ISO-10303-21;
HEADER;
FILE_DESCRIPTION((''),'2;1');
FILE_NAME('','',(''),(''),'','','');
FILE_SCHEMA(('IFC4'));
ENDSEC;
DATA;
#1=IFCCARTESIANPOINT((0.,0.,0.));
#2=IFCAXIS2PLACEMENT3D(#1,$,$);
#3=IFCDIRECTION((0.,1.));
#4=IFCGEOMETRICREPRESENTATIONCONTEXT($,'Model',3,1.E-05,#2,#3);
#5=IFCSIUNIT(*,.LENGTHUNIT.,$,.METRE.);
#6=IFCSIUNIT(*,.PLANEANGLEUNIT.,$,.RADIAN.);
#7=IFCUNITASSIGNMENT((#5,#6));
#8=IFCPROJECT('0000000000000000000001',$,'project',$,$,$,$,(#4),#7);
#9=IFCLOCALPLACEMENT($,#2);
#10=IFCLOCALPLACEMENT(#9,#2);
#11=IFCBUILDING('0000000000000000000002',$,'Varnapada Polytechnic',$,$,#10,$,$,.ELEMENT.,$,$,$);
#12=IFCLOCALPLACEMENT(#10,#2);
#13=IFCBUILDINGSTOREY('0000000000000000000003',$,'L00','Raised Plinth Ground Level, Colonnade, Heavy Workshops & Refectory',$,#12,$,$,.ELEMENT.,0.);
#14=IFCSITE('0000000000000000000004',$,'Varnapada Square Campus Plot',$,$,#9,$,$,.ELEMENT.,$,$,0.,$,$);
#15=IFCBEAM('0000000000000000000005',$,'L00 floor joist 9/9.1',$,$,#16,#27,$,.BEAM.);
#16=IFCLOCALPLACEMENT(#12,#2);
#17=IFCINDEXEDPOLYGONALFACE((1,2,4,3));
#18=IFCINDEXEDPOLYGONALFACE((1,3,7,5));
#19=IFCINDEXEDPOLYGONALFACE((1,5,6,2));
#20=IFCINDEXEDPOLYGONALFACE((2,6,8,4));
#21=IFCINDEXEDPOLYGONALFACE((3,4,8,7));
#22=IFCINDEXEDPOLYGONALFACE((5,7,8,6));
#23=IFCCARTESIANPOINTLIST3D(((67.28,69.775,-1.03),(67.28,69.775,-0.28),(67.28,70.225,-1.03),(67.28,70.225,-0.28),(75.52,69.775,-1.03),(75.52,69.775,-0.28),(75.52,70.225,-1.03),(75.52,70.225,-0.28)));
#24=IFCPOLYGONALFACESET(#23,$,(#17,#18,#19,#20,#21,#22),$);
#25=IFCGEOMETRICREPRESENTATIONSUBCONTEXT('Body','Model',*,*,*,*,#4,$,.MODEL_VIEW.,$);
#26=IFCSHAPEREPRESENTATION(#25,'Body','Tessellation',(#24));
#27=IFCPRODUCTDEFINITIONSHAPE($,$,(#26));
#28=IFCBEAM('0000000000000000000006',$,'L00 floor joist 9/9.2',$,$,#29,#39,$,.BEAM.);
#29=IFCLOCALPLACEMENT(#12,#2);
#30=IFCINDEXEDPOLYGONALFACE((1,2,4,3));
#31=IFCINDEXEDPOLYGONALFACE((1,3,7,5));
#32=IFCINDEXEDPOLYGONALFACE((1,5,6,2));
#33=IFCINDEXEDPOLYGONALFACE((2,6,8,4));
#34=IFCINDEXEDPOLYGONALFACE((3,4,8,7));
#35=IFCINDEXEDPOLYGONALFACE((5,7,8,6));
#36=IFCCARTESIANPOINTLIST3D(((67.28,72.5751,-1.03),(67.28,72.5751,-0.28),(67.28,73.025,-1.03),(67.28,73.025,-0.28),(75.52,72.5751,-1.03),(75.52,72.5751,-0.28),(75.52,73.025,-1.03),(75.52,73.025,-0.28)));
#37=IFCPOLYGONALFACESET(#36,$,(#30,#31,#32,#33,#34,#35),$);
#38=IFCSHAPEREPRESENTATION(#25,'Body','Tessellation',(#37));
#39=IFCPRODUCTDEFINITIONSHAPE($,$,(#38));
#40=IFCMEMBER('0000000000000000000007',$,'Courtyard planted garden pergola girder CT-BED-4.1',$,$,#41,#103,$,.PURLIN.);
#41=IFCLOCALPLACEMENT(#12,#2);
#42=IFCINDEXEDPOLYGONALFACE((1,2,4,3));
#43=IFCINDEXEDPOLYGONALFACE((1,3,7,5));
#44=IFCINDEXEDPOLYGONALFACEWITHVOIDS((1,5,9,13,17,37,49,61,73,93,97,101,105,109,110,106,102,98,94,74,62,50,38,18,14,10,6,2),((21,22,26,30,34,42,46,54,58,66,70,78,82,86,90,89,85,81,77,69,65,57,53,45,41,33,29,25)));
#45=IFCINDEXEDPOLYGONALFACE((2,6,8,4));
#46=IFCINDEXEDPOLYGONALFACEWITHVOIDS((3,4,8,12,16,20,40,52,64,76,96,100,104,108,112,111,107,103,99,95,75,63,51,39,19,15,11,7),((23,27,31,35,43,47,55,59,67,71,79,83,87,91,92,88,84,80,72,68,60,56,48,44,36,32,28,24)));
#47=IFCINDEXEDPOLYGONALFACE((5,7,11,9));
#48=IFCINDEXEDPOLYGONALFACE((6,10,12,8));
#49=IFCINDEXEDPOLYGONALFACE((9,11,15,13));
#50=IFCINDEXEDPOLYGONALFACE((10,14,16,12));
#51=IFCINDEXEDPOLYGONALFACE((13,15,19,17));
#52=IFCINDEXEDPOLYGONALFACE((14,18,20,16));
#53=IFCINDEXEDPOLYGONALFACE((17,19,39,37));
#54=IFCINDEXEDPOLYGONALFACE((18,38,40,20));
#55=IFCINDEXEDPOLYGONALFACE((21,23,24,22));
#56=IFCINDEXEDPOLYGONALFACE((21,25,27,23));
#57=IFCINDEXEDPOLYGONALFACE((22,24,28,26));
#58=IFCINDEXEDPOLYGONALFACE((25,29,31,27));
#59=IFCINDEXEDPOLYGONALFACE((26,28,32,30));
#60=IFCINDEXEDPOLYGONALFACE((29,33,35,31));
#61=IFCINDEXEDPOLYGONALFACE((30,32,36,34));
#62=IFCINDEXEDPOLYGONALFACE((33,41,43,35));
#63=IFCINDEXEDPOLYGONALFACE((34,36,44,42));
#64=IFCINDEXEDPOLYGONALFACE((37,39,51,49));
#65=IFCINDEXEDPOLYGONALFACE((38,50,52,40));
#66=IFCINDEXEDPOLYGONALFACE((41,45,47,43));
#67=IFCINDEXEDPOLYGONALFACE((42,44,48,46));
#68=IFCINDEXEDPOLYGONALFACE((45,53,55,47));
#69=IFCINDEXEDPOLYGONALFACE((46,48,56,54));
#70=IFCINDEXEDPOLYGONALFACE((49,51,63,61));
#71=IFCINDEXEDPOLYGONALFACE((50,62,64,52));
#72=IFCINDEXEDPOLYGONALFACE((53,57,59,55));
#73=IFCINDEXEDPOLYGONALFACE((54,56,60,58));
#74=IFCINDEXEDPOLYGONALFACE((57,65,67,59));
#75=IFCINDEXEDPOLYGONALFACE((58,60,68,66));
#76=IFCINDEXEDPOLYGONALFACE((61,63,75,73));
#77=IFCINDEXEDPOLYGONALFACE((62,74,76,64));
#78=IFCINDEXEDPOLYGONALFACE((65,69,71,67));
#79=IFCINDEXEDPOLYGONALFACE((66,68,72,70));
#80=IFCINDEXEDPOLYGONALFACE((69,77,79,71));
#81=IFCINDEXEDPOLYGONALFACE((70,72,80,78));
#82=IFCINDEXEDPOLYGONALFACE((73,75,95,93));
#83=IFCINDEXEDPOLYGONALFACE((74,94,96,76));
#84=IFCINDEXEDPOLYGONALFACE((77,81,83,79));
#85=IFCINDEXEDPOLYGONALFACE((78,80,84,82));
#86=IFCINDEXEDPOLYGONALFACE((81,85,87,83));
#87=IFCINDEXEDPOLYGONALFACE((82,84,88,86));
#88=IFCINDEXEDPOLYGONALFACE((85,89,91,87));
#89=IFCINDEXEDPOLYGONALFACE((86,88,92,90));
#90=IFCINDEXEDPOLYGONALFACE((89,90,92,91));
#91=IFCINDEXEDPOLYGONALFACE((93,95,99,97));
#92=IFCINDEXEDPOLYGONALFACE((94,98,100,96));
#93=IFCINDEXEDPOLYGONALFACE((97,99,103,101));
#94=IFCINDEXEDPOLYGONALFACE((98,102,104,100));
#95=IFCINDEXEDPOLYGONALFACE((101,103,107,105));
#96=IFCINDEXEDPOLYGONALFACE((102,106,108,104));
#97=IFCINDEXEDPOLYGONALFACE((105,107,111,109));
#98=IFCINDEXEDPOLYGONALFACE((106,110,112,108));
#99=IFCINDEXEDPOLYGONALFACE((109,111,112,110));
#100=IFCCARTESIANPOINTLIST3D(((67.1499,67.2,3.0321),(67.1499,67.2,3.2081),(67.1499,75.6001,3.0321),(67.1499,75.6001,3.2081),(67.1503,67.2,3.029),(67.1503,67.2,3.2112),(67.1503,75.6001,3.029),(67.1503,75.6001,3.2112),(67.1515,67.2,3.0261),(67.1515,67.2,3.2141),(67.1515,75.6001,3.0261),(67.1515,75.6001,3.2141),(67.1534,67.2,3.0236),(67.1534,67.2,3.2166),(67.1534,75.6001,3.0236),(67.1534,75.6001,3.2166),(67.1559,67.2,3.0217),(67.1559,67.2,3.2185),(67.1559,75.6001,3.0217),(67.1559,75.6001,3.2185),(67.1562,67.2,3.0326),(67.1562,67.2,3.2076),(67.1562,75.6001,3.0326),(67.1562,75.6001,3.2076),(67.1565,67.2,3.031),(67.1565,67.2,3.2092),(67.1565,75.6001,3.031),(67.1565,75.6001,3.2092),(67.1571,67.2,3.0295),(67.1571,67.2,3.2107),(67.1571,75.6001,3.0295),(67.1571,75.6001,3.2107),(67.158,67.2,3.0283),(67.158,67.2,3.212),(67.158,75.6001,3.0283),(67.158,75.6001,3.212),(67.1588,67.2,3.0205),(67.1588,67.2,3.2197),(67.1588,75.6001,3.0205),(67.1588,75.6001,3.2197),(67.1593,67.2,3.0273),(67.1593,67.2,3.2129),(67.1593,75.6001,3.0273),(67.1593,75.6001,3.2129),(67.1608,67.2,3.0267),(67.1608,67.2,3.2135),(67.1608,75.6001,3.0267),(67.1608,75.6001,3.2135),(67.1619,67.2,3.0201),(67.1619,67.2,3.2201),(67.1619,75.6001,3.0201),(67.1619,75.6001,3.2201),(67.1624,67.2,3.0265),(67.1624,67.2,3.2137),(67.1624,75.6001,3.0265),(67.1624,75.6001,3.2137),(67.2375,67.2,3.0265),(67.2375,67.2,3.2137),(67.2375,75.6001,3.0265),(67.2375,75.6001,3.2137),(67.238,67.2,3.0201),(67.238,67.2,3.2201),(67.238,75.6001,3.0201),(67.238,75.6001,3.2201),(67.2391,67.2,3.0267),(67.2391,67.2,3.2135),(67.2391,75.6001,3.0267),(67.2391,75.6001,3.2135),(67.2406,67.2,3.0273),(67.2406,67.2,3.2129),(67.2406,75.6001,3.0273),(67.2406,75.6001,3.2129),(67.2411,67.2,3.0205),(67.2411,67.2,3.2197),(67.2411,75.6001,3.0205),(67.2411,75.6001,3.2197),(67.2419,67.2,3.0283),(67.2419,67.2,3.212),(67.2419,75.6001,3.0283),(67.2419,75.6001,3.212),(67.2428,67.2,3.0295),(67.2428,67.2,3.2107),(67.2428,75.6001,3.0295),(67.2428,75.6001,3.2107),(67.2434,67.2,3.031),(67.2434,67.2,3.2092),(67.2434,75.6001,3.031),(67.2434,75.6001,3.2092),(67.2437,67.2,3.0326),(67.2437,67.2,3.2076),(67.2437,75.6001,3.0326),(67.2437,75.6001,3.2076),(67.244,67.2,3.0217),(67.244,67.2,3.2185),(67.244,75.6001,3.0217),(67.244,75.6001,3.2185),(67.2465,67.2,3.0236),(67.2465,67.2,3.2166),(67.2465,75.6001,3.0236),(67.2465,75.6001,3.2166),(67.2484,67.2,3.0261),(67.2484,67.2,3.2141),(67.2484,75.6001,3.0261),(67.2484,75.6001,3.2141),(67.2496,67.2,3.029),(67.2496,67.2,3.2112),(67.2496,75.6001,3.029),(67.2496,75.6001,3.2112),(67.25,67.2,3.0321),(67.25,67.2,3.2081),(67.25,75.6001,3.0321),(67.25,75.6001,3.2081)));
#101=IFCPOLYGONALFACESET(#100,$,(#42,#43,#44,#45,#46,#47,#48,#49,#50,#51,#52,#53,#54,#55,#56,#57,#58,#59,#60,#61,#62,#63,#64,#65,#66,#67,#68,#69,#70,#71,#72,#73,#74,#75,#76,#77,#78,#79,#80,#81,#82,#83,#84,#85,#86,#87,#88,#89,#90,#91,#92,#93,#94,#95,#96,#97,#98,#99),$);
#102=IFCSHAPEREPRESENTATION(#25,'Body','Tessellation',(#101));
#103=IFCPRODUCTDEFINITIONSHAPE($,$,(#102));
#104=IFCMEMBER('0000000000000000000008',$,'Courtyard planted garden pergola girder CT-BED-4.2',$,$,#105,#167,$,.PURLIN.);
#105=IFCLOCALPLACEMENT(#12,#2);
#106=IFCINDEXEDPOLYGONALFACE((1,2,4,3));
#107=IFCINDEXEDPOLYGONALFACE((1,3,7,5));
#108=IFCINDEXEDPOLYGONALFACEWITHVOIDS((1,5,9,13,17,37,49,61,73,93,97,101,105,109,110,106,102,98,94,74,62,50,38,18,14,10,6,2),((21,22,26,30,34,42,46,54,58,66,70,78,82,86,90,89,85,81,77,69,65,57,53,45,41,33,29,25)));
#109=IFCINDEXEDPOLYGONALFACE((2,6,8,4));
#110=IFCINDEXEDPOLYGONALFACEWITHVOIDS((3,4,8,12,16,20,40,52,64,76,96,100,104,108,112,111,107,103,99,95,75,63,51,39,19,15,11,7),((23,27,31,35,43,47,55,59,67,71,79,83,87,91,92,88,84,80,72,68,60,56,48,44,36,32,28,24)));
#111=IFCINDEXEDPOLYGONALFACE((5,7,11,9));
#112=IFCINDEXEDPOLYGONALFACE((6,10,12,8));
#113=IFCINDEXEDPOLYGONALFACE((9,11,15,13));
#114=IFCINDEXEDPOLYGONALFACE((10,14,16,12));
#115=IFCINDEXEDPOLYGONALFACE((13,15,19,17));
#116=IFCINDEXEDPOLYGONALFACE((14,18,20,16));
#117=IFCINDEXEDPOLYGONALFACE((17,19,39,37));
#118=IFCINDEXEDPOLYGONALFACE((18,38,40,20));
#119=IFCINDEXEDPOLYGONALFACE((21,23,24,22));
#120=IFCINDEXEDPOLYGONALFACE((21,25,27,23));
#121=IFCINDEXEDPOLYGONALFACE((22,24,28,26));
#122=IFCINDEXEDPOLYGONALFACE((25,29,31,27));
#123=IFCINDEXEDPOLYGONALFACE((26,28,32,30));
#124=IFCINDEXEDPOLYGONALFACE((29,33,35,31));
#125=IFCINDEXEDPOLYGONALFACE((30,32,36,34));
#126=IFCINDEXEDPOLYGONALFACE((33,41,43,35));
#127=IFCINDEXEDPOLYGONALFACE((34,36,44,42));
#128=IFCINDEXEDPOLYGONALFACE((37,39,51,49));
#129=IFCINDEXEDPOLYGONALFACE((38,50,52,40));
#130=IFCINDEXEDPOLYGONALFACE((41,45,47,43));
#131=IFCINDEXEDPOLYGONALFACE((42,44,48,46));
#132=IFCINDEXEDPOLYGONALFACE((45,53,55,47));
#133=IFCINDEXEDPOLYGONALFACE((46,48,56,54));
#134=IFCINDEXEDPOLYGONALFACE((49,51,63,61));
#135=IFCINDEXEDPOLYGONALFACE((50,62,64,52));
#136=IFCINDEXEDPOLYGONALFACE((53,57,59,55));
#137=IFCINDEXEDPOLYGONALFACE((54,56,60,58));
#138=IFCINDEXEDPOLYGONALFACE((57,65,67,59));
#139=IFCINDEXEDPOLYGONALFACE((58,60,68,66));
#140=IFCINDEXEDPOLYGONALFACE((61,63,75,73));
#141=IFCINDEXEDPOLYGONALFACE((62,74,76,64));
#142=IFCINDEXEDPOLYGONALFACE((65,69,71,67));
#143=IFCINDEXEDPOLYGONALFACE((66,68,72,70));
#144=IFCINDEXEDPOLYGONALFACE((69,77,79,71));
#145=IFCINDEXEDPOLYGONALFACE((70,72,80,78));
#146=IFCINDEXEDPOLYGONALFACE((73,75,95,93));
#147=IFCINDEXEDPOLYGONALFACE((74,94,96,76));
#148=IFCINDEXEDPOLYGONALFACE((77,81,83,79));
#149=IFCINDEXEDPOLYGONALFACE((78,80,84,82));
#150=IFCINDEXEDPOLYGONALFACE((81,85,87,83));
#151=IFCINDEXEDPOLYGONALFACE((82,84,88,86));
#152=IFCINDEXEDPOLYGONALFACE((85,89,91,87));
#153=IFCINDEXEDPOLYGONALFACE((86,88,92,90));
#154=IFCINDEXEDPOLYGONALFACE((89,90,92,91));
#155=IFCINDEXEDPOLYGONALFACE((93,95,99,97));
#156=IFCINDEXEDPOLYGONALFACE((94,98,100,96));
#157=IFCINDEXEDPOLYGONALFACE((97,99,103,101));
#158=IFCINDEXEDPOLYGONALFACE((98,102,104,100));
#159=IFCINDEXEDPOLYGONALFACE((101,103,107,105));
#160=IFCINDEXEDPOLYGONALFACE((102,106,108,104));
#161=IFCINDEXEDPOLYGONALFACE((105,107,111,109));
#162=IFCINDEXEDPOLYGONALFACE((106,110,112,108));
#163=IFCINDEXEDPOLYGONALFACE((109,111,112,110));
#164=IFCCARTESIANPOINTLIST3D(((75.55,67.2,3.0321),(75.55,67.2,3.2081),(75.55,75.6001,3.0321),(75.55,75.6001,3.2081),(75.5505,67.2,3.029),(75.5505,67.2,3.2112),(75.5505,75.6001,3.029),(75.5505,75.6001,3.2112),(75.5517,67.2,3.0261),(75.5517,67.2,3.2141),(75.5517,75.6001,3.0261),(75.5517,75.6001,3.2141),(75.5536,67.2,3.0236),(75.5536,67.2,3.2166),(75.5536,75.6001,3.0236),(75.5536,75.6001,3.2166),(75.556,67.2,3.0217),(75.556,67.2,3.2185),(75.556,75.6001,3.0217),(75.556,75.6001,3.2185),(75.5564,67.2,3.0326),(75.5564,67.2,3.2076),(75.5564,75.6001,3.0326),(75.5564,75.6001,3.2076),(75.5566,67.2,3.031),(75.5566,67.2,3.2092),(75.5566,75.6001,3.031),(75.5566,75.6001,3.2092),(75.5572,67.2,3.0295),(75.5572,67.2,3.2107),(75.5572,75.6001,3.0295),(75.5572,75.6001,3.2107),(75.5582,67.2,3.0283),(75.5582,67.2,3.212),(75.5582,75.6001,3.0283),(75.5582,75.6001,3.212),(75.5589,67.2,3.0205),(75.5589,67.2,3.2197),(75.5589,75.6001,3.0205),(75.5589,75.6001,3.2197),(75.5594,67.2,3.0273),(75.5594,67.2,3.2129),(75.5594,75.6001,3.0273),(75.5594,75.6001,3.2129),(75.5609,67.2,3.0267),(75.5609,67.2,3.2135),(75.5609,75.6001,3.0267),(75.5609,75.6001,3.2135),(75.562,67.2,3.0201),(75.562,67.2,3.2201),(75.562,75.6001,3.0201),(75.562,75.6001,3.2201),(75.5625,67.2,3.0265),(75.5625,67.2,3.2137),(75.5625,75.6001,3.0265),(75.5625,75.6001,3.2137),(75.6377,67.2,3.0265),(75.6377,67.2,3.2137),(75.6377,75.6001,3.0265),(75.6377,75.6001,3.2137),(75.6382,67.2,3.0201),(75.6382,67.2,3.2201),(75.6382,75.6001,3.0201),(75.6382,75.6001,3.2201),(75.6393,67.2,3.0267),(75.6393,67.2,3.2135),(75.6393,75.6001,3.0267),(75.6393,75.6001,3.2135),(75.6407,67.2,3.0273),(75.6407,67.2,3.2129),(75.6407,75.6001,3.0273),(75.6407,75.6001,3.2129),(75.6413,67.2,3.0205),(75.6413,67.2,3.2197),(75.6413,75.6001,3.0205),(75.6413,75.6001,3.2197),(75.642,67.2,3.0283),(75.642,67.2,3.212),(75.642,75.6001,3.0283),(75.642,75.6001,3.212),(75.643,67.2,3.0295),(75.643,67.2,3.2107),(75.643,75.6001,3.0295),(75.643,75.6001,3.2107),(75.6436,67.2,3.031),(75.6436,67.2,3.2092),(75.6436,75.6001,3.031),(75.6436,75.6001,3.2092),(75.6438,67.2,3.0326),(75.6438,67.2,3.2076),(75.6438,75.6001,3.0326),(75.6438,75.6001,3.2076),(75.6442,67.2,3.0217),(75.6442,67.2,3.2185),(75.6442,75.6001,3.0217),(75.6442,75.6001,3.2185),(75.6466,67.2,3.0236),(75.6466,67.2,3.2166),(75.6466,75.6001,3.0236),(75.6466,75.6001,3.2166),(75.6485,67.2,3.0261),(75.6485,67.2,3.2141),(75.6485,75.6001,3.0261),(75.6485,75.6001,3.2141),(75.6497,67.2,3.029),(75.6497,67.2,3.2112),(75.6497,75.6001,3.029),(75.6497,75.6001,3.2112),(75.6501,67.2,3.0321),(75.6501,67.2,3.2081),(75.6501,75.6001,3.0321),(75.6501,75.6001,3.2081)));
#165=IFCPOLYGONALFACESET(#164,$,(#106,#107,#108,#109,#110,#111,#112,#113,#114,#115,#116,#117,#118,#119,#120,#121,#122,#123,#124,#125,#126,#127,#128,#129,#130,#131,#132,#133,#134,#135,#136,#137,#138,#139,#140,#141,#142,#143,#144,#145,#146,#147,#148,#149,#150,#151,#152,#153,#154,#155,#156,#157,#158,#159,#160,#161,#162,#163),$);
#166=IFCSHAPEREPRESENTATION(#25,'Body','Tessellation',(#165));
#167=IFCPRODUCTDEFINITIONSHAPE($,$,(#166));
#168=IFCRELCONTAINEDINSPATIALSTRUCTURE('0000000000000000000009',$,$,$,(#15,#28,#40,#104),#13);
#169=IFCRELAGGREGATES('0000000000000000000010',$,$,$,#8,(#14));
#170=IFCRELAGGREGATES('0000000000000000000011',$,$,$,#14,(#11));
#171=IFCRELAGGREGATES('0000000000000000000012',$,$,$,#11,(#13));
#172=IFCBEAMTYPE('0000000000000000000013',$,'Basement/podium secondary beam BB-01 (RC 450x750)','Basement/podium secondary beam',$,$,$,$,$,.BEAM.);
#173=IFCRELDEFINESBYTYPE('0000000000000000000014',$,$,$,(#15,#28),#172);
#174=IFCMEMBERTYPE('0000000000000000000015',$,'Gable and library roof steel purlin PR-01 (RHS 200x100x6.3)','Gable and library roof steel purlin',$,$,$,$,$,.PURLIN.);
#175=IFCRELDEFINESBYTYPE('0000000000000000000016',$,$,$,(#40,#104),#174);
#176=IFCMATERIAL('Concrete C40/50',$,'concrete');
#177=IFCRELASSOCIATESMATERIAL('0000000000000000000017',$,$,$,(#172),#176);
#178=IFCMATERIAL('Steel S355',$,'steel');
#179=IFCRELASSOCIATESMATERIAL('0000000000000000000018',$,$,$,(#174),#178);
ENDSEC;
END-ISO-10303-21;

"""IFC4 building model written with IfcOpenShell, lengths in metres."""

from ifc_helpers import new_model, si_unit, direction, frame, origin, origin_2d, place, context, subcontext, project, spatial, rectangle, hollow_rectangle, extrude, material, material_profile, profile_set, type_object, element, save


model = new_model("IFC4")

# Units and contexts
model_context = context("Model", 3, precision=1e-05, world=origin(), true_north=direction((0.0, 1.0)))
body_context = subcontext(model_context, "Body", "Model", "MODEL_VIEW")
ifc_project = project(units=[si_unit("LENGTHUNIT", "METRE"), si_unit("PLANEANGLEUNIT", "RADIAN")], contexts=[model_context])

# Site, building, storey
site_placement = place(None, origin())
site = spatial("IfcSite", under=ifc_project, at=site_placement, Name="Varnapada Square Campus Plot", CompositionType="ELEMENT", RefElevation=0.0)
building_placement = place(site_placement, origin())
building = spatial("IfcBuilding", under=site, at=building_placement, Name="Varnapada Polytechnic", CompositionType="ELEMENT")
storey_placement = place(building_placement, origin())
storey = spatial("IfcBuildingStorey", under=building, at=storey_placement, Name="L00", Description="Raised Plinth Ground Level, Colonnade, Heavy Workshops & Refectory", CompositionType="ELEMENT", Elevation=0.0)

# Beams
ifc_material_1 = material(Name="Concrete C40/50", Category="concrete")
ifc_material_profile_1 = material_profile(ifc_material_1, rectangle(XDim=0.45, YDim=0.75, at=origin_2d()), Name="RC 450x750")
ifc_profile_set_1 = profile_set([ifc_material_profile_1], Name="Concrete C40/50")
beam_type_1 = type_object("IfcBeamType", Name="Basement/podium secondary beam BB-01 (RC 450x750)", Description="Basement/podium secondary beam", PredefinedType="BEAM", material=ifc_profile_set_1)
for number, where, z_axis, x_axis, name in (
    (1, (67.28, 70.0, -0.655), (1.0, 0.0, 0.0), (0.0, 1.0, 0.0), "L00 floor joist 9/9.1"),
    (2, (67.28, 72.8, -0.655), (1.0, 0.0, 0.0), (0.0, 1.0, 0.0), "L00 floor joist 9/9.2"),
):
    element("IfcBeam", number, at=place(storey_placement, frame(where, z_axis=z_axis, x_axis=x_axis)), inside=storey, type_object=beam_type_1, Name=name, PredefinedType="BEAM", context=body_context, shape_type="SweptSolid", body=[
        extrude(rectangle(XDim=0.45, YDim=0.75, at=origin_2d()), origin(), (0.0, 0.0, 1.0), 8.24),
    ])

# Members
ifc_material_2 = material(Name="Steel S355", Category="steel")
ifc_material_profile_2 = material_profile(ifc_material_2, hollow_rectangle(XDim=0.1001, YDim=0.2, WallThickness=0.0063, InnerFilletRadius=0.0061, OuterFilletRadius=0.012, at=origin_2d()), Name="RHS 200x100x6.3")
ifc_profile_set_2 = profile_set([ifc_material_profile_2], Name="Steel S355")
member_type_1 = type_object("IfcMemberType", Name="Gable and library roof steel purlin PR-01 (RHS 200x100x6.3)", Description="Gable and library roof steel purlin", PredefinedType="PURLIN", material=ifc_profile_set_2)
for number, where, z_axis, x_axis, name in (
    (3, (67.2, 67.2, 3.1201), (0.0, 1.0, 0.0), (-1.0, 0.0, 0.0), "Courtyard planted garden pergola girder CT-BED-4.1"),
    (4, (75.6001, 67.2, 3.1201), (0.0, 1.0, 0.0), (-1.0, 0.0, 0.0), "Courtyard planted garden pergola girder CT-BED-4.2"),
):
    element("IfcMember", number, at=place(storey_placement, frame(where, z_axis=z_axis, x_axis=x_axis)), inside=storey, type_object=member_type_1, Name=name, PredefinedType="PURLIN", context=body_context, shape_type="SweptSolid", body=[
        extrude(hollow_rectangle(XDim=0.1001, YDim=0.2, WallThickness=0.0063, InnerFilletRadius=0.0061, OuterFilletRadius=0.012, at=origin_2d()), origin(), (0.0, 0.0, 1.0), 8.4001),
    ])

save(model, "model.ifc")
